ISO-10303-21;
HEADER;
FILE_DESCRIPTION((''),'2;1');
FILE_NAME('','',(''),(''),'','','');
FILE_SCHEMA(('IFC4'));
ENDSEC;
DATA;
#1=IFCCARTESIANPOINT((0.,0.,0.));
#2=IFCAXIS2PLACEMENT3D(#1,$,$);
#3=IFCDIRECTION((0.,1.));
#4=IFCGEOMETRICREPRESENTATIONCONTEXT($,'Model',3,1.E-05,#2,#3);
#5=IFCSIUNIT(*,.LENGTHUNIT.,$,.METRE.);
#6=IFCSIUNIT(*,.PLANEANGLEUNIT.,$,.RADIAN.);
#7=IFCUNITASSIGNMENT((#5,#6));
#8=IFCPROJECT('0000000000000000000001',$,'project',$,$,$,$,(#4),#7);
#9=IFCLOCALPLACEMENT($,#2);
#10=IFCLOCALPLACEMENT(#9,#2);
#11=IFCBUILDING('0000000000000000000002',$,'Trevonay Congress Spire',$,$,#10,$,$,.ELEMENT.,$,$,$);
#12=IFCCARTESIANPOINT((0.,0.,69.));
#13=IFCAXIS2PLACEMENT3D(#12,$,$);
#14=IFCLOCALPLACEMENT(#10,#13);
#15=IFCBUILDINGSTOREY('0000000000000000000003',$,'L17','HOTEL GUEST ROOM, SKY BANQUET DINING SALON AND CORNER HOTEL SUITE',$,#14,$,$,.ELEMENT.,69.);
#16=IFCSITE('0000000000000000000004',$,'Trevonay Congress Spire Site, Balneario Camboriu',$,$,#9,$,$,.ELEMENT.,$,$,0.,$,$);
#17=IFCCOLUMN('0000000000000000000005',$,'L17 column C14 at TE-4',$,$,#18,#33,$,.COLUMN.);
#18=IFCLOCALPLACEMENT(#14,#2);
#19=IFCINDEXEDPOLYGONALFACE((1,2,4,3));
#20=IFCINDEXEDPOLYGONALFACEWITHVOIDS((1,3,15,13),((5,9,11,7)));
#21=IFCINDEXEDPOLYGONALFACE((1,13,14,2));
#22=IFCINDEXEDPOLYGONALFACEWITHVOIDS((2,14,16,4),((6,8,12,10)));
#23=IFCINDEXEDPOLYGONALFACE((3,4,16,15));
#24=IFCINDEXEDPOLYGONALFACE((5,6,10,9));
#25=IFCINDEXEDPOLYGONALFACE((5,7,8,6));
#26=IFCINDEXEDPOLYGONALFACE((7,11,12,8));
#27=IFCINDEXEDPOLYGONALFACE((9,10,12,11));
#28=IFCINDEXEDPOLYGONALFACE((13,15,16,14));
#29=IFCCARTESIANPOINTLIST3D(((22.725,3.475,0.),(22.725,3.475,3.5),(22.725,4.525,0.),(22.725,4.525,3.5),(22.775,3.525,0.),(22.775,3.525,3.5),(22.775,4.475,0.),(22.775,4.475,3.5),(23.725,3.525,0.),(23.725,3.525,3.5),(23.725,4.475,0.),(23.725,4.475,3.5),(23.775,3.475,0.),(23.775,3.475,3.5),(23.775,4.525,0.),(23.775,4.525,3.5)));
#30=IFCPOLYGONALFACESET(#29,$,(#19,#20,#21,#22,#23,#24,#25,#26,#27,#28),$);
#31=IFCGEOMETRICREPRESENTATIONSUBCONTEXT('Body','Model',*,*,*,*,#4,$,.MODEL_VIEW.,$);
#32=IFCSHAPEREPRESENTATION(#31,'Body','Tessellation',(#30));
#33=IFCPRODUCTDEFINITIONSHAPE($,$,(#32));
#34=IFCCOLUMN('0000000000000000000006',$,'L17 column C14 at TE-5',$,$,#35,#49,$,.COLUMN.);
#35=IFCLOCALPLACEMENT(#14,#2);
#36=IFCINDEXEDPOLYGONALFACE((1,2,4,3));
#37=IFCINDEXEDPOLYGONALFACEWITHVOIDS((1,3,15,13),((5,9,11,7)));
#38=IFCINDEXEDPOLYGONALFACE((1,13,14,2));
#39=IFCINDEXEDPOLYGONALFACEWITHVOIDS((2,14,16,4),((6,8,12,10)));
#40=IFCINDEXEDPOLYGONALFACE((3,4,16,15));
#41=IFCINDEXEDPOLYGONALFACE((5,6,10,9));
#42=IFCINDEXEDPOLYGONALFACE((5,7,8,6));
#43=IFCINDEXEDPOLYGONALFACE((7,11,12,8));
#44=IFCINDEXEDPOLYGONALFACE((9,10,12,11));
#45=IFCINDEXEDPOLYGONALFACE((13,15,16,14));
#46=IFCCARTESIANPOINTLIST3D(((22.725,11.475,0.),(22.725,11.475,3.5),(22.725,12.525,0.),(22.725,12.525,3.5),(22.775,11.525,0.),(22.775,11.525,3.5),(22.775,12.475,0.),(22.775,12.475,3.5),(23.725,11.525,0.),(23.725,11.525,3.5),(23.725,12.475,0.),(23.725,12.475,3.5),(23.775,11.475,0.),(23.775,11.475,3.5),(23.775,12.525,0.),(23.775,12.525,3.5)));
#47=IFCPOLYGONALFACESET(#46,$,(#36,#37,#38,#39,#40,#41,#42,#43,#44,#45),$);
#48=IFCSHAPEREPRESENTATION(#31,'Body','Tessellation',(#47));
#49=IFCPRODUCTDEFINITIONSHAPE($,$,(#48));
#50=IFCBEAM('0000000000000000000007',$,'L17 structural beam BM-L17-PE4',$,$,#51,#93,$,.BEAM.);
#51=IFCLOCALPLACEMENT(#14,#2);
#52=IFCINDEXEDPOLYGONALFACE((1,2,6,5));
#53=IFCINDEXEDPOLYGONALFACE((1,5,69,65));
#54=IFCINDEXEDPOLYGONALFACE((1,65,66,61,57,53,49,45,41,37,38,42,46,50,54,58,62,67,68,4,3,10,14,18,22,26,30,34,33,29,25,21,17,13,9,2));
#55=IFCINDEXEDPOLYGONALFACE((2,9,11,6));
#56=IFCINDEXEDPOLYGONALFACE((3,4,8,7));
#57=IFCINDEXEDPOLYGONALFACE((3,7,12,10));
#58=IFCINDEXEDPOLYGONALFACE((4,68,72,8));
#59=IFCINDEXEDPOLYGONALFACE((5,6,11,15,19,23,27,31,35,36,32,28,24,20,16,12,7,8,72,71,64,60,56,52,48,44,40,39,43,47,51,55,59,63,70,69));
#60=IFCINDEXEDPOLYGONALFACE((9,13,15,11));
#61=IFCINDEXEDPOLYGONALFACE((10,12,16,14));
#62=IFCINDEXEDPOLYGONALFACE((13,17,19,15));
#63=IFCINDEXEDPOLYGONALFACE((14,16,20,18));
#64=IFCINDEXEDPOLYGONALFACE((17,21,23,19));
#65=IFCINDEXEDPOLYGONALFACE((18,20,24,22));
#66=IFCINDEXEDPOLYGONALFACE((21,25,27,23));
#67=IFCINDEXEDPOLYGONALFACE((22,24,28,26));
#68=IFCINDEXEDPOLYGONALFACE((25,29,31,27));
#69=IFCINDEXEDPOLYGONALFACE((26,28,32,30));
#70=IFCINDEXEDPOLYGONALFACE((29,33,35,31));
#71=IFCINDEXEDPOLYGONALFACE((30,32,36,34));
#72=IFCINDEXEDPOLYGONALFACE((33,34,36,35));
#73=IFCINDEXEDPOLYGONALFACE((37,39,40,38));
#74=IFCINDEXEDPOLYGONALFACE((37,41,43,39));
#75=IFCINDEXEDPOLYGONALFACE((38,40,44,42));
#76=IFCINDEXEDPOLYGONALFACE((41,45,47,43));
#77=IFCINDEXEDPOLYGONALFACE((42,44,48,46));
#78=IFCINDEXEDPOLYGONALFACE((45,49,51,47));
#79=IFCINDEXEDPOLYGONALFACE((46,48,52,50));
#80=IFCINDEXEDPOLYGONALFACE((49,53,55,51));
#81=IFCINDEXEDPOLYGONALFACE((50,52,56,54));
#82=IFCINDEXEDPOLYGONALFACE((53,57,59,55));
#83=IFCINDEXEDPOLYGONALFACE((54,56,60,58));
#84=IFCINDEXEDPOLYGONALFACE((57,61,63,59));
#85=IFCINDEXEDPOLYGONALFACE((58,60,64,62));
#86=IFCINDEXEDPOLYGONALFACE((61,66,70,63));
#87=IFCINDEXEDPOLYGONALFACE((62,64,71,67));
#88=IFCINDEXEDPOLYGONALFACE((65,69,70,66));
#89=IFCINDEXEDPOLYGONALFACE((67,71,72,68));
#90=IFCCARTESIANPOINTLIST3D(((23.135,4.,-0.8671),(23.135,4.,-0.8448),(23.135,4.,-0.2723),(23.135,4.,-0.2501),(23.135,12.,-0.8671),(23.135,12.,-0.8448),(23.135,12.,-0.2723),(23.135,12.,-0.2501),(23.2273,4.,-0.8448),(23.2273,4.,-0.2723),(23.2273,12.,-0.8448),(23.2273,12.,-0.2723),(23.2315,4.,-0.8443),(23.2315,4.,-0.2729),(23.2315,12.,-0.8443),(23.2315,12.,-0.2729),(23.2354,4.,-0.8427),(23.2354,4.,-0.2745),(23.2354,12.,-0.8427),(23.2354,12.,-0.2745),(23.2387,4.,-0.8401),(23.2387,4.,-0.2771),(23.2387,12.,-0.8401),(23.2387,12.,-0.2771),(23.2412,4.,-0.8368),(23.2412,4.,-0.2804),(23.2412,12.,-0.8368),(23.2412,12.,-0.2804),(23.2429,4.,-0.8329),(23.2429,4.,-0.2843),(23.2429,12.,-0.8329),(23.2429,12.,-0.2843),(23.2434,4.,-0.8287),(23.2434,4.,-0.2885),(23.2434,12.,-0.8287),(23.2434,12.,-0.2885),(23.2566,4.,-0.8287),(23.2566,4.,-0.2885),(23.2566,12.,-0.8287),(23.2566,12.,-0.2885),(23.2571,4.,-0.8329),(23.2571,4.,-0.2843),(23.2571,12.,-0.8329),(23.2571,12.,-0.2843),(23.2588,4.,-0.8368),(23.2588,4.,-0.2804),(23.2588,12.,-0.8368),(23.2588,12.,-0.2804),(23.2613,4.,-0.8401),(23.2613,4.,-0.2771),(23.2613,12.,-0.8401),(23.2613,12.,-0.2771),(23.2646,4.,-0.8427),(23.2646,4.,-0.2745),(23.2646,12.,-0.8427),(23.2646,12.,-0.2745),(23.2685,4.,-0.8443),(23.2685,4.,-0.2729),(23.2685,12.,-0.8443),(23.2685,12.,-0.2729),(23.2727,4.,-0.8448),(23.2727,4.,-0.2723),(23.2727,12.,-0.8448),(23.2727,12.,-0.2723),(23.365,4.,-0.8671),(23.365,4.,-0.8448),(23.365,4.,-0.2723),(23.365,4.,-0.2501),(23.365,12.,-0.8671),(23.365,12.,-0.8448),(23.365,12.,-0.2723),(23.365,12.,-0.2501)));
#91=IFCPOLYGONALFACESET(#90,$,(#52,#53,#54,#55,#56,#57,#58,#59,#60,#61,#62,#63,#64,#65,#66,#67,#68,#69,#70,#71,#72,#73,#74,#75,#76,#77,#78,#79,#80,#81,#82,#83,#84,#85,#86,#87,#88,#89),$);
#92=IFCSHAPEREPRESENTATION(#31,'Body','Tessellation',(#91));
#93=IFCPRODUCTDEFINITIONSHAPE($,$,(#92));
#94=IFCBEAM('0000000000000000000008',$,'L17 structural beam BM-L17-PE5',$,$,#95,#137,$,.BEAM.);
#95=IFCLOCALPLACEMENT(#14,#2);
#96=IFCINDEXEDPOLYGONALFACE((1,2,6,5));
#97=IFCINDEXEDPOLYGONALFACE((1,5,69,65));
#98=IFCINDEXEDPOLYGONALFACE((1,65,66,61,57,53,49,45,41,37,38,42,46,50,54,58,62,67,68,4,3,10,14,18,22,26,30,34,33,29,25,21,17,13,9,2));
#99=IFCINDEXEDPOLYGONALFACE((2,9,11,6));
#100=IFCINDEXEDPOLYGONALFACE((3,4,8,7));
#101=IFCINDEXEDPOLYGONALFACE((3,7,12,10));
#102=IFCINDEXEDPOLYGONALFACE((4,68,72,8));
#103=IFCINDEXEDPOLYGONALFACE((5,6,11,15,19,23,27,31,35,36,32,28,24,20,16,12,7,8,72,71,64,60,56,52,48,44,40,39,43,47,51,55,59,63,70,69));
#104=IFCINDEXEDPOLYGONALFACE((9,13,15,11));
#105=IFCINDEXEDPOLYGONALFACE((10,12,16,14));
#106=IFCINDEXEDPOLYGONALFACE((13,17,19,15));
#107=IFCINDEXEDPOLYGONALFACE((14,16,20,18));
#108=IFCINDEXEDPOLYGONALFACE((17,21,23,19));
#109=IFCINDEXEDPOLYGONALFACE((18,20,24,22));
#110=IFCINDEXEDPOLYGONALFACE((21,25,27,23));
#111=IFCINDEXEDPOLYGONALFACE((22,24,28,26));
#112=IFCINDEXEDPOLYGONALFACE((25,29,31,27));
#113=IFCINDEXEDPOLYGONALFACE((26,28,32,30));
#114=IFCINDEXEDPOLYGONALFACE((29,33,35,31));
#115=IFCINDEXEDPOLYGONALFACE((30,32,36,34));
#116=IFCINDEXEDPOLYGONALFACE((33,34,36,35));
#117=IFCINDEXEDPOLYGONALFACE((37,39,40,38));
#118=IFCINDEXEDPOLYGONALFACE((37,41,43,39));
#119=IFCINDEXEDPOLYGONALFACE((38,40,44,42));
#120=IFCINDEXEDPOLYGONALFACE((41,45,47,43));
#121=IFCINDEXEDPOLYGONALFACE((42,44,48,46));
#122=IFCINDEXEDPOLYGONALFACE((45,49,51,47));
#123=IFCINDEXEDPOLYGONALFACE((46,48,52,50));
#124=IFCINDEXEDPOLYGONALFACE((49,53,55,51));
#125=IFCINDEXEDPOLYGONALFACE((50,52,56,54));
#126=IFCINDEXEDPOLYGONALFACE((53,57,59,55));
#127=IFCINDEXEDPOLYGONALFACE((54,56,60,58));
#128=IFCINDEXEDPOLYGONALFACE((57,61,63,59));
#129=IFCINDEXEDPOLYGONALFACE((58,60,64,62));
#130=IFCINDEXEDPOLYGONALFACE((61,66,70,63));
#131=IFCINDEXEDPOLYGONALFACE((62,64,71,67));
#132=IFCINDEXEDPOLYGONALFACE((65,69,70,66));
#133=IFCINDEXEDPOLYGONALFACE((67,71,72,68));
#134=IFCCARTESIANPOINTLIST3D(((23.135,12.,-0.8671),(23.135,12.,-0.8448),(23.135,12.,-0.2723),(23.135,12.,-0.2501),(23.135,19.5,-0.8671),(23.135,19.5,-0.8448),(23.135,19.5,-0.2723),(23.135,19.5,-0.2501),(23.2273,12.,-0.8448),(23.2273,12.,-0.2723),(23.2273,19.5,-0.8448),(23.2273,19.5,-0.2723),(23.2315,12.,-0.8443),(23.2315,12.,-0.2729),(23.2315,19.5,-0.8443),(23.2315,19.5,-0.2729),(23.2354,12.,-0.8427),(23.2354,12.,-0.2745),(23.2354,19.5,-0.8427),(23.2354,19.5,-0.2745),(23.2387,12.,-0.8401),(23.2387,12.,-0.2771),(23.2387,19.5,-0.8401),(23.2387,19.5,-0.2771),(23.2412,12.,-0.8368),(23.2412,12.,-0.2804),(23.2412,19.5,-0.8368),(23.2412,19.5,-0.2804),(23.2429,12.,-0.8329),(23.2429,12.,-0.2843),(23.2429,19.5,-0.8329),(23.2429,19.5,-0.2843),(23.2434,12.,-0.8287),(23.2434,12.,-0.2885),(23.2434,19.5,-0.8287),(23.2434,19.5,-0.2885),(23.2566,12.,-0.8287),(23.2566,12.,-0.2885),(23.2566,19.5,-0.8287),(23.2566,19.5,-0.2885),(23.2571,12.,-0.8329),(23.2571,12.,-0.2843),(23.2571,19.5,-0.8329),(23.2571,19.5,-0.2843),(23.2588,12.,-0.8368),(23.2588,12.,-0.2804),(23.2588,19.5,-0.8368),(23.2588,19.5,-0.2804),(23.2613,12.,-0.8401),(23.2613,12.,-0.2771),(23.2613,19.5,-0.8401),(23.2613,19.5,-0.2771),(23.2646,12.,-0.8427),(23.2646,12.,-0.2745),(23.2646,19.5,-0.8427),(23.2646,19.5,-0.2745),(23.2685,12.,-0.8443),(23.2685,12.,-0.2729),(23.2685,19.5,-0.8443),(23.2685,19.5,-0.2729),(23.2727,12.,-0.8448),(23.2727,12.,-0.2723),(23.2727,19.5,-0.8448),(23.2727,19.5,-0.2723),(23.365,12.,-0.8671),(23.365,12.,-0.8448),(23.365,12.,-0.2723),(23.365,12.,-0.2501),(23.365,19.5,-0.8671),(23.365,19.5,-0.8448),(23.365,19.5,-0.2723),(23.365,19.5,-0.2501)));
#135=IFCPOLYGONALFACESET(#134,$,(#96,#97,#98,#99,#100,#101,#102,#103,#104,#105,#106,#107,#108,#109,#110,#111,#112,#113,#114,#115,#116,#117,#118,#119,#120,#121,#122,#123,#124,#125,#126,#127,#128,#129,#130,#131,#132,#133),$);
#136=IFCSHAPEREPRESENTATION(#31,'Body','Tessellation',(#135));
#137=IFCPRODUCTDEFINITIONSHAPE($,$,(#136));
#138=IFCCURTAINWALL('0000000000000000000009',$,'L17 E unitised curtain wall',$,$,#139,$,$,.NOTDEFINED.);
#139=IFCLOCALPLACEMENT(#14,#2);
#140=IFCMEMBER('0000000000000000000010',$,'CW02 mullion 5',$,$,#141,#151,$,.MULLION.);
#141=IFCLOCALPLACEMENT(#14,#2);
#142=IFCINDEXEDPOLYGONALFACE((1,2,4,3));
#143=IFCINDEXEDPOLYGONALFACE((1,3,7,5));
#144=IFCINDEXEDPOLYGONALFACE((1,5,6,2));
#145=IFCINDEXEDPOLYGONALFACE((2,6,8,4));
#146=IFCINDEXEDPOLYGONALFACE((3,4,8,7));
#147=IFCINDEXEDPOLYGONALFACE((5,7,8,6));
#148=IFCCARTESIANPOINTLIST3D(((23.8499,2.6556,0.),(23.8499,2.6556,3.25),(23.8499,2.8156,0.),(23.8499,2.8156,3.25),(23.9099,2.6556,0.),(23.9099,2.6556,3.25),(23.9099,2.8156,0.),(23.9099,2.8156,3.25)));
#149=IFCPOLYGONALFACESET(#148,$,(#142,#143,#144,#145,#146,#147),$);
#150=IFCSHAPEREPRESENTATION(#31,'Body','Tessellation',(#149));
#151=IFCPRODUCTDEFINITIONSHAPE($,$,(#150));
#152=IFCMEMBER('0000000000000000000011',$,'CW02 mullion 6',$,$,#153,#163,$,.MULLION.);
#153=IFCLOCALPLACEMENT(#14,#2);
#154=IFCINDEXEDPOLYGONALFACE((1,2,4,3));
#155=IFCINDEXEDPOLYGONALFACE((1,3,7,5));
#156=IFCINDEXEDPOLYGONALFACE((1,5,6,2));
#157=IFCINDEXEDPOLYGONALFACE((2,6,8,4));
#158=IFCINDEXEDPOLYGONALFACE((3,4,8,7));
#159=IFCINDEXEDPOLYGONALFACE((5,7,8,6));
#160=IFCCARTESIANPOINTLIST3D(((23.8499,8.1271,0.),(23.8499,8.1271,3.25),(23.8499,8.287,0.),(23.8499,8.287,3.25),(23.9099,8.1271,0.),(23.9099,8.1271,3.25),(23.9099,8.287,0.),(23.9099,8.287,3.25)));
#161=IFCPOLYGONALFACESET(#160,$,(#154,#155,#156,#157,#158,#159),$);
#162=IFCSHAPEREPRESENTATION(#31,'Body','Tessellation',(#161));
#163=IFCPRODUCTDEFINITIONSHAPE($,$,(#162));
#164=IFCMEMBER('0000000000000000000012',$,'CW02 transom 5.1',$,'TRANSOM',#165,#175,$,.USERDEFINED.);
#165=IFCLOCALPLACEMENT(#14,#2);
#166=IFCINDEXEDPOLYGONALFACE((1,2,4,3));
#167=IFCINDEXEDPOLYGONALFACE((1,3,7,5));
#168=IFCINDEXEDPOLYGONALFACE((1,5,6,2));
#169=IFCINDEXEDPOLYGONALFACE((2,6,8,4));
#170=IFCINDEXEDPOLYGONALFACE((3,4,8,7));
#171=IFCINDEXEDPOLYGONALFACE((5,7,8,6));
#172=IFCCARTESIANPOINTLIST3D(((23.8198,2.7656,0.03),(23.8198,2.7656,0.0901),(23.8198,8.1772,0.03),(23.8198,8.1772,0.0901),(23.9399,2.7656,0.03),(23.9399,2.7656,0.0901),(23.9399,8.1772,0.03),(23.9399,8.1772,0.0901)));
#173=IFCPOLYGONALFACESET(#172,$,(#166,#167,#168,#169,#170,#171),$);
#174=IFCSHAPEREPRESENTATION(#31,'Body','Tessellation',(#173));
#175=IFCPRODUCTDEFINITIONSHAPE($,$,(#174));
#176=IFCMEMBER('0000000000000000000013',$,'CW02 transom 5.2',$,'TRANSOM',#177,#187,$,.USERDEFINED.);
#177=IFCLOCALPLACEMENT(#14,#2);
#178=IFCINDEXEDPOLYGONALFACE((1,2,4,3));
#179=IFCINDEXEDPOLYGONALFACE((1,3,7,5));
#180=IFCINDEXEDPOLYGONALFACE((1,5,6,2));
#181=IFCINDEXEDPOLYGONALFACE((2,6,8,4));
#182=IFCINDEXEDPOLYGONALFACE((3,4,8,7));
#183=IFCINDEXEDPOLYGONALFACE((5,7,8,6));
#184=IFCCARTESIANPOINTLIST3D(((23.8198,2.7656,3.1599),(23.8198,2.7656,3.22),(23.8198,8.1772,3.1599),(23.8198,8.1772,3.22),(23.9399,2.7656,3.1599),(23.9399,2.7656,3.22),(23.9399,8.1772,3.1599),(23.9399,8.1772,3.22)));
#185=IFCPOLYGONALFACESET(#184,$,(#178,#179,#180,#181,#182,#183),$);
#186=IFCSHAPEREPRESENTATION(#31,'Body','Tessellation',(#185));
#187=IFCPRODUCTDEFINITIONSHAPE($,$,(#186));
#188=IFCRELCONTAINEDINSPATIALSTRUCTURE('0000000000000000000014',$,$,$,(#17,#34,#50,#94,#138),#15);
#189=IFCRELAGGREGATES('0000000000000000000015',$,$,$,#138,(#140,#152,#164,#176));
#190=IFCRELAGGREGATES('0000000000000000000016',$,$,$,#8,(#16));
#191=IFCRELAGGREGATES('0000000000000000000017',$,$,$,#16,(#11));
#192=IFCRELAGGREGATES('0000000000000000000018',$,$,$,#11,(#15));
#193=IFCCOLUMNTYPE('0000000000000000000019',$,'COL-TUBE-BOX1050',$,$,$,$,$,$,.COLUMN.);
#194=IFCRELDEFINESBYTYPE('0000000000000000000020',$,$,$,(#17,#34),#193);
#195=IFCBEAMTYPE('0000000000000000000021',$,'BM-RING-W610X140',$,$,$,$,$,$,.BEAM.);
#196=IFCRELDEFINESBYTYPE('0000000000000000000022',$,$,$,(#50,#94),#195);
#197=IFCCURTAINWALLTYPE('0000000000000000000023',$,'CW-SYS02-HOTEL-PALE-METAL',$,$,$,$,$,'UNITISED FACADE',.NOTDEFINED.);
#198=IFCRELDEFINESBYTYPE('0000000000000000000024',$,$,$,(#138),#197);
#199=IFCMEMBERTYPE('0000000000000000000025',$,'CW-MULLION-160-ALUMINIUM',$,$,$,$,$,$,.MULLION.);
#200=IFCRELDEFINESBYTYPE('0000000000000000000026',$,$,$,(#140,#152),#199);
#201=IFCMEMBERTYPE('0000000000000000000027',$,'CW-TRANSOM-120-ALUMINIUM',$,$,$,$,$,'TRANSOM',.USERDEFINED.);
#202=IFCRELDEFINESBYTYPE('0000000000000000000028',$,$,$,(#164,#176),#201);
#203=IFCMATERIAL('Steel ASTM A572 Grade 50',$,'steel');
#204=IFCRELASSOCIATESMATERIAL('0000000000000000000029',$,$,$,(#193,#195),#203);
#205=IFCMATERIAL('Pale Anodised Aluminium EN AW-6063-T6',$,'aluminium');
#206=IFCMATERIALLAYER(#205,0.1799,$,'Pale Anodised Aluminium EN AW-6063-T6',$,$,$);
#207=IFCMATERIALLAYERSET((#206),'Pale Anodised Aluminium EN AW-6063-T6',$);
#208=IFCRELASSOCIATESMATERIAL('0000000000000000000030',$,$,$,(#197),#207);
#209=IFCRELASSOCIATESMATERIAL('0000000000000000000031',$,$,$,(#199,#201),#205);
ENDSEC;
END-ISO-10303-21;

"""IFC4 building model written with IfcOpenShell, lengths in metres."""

from ifc_helpers import new_model, si_unit, direction, frame, origin, origin_2d, place, context, subcontext, project, spatial, rectangle, hollow_rectangle, i_section, extrude, material, layer, layer_set, material_profile, profile_set, type_object, element, aggregate, save


model = new_model("IFC4")

# Units and contexts
model_context = context("Model", 3, precision=1e-05, world=origin(), true_north=direction((0.0, 1.0)))
body_context = subcontext(model_context, "Body", "Model", "MODEL_VIEW")
ifc_project = project(units=[si_unit("LENGTHUNIT", "METRE"), si_unit("PLANEANGLEUNIT", "RADIAN")], contexts=[model_context])

# Site, building, storey
site_placement = place(None, origin())
site = spatial("IfcSite", under=ifc_project, at=site_placement, Name="Trevonay Congress Spire Site, Balneario Camboriu", CompositionType="ELEMENT", RefElevation=0.0)
building_placement = place(site_placement, origin())
building = spatial("IfcBuilding", under=site, at=building_placement, Name="Trevonay Congress Spire", CompositionType="ELEMENT")
storey_placement = place(building_placement, frame((0.0, 0.0, 69.0)))
storey = spatial("IfcBuildingStorey", under=building, at=storey_placement, Name="L17", Description="HOTEL GUEST ROOM, SKY BANQUET DINING SALON AND CORNER HOTEL SUITE", CompositionType="ELEMENT", Elevation=69.0)

# Columns
ifc_material_1 = material(Name="Steel ASTM A572 Grade 50", Category="steel")
ifc_material_profile_1 = material_profile(ifc_material_1, hollow_rectangle(XDim=1.05, YDim=1.05, WallThickness=0.05, at=origin_2d()), Name="BOX 1050x1050x50")
ifc_profile_set_1 = profile_set([ifc_material_profile_1], Name="Steel ASTM A572 Grade 50")
column_type = type_object("IfcColumnType", Name="COL-TUBE-BOX1050", PredefinedType="COLUMN", material=ifc_profile_set_1)
for number, where, z_axis, x_axis, name in (
    (1, (23.25, 4.0, 0.0), (0.0, 0.0, 1.0), (1.0, 0.0, 0.0), "L17 column C14 at TE-4"),
    (2, (23.25, 12.0, 0.0), (0.0, 0.0, 1.0), (1.0, 0.0, 0.0), "L17 column C14 at TE-5"),
):
    element("IfcColumn", number, at=place(storey_placement, frame(where, z_axis=z_axis, x_axis=x_axis)), inside=storey, type_object=column_type, Name=name, PredefinedType="COLUMN", context=body_context, shape_type="SweptSolid", body=[
        extrude(hollow_rectangle(XDim=1.05, YDim=1.05, WallThickness=0.05, at=origin_2d()), origin(), (0.0, 0.0, 1.0), 3.5),
    ])

# Beams
ifc_material_profile_2 = material_profile(ifc_material_1, i_section(OverallWidth=0.23, OverallDepth=0.6169, WebThickness=0.0132, FlangeThickness=0.0222, FilletRadius=0.0161, at=origin_2d()), Name="W610x140")
ifc_profile_set_2 = profile_set([ifc_material_profile_2], Name="Steel ASTM A572 Grade 50")
beam_type = type_object("IfcBeamType", Name="BM-RING-W610X140", PredefinedType="BEAM", material=ifc_profile_set_2)
beam_1_placement = place(storey_placement, frame((23.25, 4.0, -0.5586), z_axis=(0.0, 1.0, 0.0), x_axis=(-1.0, 0.0, 0.0)))
element("IfcBeam", 3, at=beam_1_placement, inside=storey, type_object=beam_type, Name="L17 structural beam BM-L17-PE4", PredefinedType="BEAM", context=body_context, shape_type="SweptSolid", body=[
    extrude(i_section(OverallWidth=0.23, OverallDepth=0.6169, WebThickness=0.0132, FlangeThickness=0.0222, FilletRadius=0.0161, at=origin_2d()), origin(), (0.0, 0.0, 1.0), 8.0),
])
beam_2_placement = place(storey_placement, frame((23.25, 12.0, -0.5586), z_axis=(0.0, 1.0, 0.0), x_axis=(-1.0, 0.0, 0.0)))
element("IfcBeam", 4, at=beam_2_placement, inside=storey, type_object=beam_type, Name="L17 structural beam BM-L17-PE5", PredefinedType="BEAM", context=body_context, shape_type="SweptSolid", body=[
    extrude(i_section(OverallWidth=0.23, OverallDepth=0.6169, WebThickness=0.0132, FlangeThickness=0.0222, FilletRadius=0.0161, at=origin_2d()), origin(), (0.0, 0.0, 1.0), 7.5),
])

# Curtain wall, members
ifc_material_2 = material(Name="Pale Anodised Aluminium EN AW-6063-T6", Category="aluminium")
ifc_layer_1 = layer(ifc_material_2, 0.1799, Name="Pale Anodised Aluminium EN AW-6063-T6")
ifc_layer_set_1 = layer_set([ifc_layer_1], Name="Pale Anodised Aluminium EN AW-6063-T6")
curtain_wall_type = type_object("IfcCurtainWallType", Name="CW-SYS02-HOTEL-PALE-METAL", ElementType="UNITISED FACADE", PredefinedType="NOTDEFINED", material=ifc_layer_set_1)
curtain_wall_placement = place(storey_placement, origin())
curtain_wall = element("IfcCurtainWall", 5, at=curtain_wall_placement, inside=storey, type_object=curtain_wall_type, Name="L17 E unitised curtain wall", PredefinedType="NOTDEFINED")
ifc_material_profile_3 = material_profile(ifc_material_2, rectangle(XDim=0.0601, YDim=0.1599, at=origin_2d()), Name="CW-MULLION-160-ALUMINIUM")
ifc_profile_set_3 = profile_set([ifc_material_profile_3], Name="Pale Anodised Aluminium EN AW-6063-T6")
member_type_1 = type_object("IfcMemberType", Name="CW-MULLION-160-ALUMINIUM", PredefinedType="MULLION", material=ifc_profile_set_3)
member_1_placement = place(storey_placement, frame((23.8799, 2.7356, 0.0), z_axis=(0.0, 0.0, 1.0), x_axis=(-1.0, 0.0, 0.0)))
member_1 = element("IfcMember", 6, at=member_1_placement, type_object=member_type_1, Name="CW02 mullion 5", PredefinedType="MULLION", context=body_context, shape_type="SweptSolid", body=[
    extrude(rectangle(XDim=0.0601, YDim=0.1599, at=origin_2d()), origin(), (0.0, 0.0, 1.0), 3.25),
])
member_2_placement = place(storey_placement, frame((23.8799, 8.207, 0.0), z_axis=(0.0, 0.0, 1.0), x_axis=(-1.0, 0.0, 0.0)))
member_2 = element("IfcMember", 7, at=member_2_placement, type_object=member_type_1, Name="CW02 mullion 6", PredefinedType="MULLION", context=body_context, shape_type="SweptSolid", body=[
    extrude(rectangle(XDim=0.0601, YDim=0.1599, at=origin_2d()), origin(), (0.0, 0.0, 1.0), 3.25),
])
ifc_material_profile_4 = material_profile(ifc_material_2, rectangle(XDim=0.1201, YDim=0.0601, at=origin_2d()), Name="CW-TRANSOM-120-ALUMINIUM")
ifc_profile_set_4 = profile_set([ifc_material_profile_4], Name="Pale Anodised Aluminium EN AW-6063-T6")
member_type_2 = type_object("IfcMemberType", Name="CW-TRANSOM-120-ALUMINIUM", ElementType="TRANSOM", PredefinedType="USERDEFINED", material=ifc_profile_set_4)
member_3_placement = place(storey_placement, frame((23.8799, 2.7656, 0.0601), z_axis=(0.0, 1.0, 0.0), x_axis=(-1.0, 0.0, 0.0)))
member_3 = element("IfcMember", 8, at=member_3_placement, type_object=member_type_2, Name="CW02 transom 5.1", ObjectType="TRANSOM", PredefinedType="USERDEFINED", context=body_context, shape_type="SweptSolid", body=[
    extrude(rectangle(XDim=0.1201, YDim=0.0601, at=origin_2d()), origin(), (0.0, 0.0, 1.0), 5.4116),
])
member_4_placement = place(storey_placement, frame((23.8799, 2.7656, 3.1899), z_axis=(0.0, 1.0, 0.0), x_axis=(-1.0, 0.0, 0.0)))
member_4 = element("IfcMember", 9, at=member_4_placement, type_object=member_type_2, Name="CW02 transom 5.2", ObjectType="TRANSOM", PredefinedType="USERDEFINED", context=body_context, shape_type="SweptSolid", body=[
    extrude(rectangle(XDim=0.1201, YDim=0.0601, at=origin_2d()), origin(), (0.0, 0.0, 1.0), 5.4116),
])
aggregate(curtain_wall, [member_1, member_2, member_3, member_4])

save(model, "model.ifc")
